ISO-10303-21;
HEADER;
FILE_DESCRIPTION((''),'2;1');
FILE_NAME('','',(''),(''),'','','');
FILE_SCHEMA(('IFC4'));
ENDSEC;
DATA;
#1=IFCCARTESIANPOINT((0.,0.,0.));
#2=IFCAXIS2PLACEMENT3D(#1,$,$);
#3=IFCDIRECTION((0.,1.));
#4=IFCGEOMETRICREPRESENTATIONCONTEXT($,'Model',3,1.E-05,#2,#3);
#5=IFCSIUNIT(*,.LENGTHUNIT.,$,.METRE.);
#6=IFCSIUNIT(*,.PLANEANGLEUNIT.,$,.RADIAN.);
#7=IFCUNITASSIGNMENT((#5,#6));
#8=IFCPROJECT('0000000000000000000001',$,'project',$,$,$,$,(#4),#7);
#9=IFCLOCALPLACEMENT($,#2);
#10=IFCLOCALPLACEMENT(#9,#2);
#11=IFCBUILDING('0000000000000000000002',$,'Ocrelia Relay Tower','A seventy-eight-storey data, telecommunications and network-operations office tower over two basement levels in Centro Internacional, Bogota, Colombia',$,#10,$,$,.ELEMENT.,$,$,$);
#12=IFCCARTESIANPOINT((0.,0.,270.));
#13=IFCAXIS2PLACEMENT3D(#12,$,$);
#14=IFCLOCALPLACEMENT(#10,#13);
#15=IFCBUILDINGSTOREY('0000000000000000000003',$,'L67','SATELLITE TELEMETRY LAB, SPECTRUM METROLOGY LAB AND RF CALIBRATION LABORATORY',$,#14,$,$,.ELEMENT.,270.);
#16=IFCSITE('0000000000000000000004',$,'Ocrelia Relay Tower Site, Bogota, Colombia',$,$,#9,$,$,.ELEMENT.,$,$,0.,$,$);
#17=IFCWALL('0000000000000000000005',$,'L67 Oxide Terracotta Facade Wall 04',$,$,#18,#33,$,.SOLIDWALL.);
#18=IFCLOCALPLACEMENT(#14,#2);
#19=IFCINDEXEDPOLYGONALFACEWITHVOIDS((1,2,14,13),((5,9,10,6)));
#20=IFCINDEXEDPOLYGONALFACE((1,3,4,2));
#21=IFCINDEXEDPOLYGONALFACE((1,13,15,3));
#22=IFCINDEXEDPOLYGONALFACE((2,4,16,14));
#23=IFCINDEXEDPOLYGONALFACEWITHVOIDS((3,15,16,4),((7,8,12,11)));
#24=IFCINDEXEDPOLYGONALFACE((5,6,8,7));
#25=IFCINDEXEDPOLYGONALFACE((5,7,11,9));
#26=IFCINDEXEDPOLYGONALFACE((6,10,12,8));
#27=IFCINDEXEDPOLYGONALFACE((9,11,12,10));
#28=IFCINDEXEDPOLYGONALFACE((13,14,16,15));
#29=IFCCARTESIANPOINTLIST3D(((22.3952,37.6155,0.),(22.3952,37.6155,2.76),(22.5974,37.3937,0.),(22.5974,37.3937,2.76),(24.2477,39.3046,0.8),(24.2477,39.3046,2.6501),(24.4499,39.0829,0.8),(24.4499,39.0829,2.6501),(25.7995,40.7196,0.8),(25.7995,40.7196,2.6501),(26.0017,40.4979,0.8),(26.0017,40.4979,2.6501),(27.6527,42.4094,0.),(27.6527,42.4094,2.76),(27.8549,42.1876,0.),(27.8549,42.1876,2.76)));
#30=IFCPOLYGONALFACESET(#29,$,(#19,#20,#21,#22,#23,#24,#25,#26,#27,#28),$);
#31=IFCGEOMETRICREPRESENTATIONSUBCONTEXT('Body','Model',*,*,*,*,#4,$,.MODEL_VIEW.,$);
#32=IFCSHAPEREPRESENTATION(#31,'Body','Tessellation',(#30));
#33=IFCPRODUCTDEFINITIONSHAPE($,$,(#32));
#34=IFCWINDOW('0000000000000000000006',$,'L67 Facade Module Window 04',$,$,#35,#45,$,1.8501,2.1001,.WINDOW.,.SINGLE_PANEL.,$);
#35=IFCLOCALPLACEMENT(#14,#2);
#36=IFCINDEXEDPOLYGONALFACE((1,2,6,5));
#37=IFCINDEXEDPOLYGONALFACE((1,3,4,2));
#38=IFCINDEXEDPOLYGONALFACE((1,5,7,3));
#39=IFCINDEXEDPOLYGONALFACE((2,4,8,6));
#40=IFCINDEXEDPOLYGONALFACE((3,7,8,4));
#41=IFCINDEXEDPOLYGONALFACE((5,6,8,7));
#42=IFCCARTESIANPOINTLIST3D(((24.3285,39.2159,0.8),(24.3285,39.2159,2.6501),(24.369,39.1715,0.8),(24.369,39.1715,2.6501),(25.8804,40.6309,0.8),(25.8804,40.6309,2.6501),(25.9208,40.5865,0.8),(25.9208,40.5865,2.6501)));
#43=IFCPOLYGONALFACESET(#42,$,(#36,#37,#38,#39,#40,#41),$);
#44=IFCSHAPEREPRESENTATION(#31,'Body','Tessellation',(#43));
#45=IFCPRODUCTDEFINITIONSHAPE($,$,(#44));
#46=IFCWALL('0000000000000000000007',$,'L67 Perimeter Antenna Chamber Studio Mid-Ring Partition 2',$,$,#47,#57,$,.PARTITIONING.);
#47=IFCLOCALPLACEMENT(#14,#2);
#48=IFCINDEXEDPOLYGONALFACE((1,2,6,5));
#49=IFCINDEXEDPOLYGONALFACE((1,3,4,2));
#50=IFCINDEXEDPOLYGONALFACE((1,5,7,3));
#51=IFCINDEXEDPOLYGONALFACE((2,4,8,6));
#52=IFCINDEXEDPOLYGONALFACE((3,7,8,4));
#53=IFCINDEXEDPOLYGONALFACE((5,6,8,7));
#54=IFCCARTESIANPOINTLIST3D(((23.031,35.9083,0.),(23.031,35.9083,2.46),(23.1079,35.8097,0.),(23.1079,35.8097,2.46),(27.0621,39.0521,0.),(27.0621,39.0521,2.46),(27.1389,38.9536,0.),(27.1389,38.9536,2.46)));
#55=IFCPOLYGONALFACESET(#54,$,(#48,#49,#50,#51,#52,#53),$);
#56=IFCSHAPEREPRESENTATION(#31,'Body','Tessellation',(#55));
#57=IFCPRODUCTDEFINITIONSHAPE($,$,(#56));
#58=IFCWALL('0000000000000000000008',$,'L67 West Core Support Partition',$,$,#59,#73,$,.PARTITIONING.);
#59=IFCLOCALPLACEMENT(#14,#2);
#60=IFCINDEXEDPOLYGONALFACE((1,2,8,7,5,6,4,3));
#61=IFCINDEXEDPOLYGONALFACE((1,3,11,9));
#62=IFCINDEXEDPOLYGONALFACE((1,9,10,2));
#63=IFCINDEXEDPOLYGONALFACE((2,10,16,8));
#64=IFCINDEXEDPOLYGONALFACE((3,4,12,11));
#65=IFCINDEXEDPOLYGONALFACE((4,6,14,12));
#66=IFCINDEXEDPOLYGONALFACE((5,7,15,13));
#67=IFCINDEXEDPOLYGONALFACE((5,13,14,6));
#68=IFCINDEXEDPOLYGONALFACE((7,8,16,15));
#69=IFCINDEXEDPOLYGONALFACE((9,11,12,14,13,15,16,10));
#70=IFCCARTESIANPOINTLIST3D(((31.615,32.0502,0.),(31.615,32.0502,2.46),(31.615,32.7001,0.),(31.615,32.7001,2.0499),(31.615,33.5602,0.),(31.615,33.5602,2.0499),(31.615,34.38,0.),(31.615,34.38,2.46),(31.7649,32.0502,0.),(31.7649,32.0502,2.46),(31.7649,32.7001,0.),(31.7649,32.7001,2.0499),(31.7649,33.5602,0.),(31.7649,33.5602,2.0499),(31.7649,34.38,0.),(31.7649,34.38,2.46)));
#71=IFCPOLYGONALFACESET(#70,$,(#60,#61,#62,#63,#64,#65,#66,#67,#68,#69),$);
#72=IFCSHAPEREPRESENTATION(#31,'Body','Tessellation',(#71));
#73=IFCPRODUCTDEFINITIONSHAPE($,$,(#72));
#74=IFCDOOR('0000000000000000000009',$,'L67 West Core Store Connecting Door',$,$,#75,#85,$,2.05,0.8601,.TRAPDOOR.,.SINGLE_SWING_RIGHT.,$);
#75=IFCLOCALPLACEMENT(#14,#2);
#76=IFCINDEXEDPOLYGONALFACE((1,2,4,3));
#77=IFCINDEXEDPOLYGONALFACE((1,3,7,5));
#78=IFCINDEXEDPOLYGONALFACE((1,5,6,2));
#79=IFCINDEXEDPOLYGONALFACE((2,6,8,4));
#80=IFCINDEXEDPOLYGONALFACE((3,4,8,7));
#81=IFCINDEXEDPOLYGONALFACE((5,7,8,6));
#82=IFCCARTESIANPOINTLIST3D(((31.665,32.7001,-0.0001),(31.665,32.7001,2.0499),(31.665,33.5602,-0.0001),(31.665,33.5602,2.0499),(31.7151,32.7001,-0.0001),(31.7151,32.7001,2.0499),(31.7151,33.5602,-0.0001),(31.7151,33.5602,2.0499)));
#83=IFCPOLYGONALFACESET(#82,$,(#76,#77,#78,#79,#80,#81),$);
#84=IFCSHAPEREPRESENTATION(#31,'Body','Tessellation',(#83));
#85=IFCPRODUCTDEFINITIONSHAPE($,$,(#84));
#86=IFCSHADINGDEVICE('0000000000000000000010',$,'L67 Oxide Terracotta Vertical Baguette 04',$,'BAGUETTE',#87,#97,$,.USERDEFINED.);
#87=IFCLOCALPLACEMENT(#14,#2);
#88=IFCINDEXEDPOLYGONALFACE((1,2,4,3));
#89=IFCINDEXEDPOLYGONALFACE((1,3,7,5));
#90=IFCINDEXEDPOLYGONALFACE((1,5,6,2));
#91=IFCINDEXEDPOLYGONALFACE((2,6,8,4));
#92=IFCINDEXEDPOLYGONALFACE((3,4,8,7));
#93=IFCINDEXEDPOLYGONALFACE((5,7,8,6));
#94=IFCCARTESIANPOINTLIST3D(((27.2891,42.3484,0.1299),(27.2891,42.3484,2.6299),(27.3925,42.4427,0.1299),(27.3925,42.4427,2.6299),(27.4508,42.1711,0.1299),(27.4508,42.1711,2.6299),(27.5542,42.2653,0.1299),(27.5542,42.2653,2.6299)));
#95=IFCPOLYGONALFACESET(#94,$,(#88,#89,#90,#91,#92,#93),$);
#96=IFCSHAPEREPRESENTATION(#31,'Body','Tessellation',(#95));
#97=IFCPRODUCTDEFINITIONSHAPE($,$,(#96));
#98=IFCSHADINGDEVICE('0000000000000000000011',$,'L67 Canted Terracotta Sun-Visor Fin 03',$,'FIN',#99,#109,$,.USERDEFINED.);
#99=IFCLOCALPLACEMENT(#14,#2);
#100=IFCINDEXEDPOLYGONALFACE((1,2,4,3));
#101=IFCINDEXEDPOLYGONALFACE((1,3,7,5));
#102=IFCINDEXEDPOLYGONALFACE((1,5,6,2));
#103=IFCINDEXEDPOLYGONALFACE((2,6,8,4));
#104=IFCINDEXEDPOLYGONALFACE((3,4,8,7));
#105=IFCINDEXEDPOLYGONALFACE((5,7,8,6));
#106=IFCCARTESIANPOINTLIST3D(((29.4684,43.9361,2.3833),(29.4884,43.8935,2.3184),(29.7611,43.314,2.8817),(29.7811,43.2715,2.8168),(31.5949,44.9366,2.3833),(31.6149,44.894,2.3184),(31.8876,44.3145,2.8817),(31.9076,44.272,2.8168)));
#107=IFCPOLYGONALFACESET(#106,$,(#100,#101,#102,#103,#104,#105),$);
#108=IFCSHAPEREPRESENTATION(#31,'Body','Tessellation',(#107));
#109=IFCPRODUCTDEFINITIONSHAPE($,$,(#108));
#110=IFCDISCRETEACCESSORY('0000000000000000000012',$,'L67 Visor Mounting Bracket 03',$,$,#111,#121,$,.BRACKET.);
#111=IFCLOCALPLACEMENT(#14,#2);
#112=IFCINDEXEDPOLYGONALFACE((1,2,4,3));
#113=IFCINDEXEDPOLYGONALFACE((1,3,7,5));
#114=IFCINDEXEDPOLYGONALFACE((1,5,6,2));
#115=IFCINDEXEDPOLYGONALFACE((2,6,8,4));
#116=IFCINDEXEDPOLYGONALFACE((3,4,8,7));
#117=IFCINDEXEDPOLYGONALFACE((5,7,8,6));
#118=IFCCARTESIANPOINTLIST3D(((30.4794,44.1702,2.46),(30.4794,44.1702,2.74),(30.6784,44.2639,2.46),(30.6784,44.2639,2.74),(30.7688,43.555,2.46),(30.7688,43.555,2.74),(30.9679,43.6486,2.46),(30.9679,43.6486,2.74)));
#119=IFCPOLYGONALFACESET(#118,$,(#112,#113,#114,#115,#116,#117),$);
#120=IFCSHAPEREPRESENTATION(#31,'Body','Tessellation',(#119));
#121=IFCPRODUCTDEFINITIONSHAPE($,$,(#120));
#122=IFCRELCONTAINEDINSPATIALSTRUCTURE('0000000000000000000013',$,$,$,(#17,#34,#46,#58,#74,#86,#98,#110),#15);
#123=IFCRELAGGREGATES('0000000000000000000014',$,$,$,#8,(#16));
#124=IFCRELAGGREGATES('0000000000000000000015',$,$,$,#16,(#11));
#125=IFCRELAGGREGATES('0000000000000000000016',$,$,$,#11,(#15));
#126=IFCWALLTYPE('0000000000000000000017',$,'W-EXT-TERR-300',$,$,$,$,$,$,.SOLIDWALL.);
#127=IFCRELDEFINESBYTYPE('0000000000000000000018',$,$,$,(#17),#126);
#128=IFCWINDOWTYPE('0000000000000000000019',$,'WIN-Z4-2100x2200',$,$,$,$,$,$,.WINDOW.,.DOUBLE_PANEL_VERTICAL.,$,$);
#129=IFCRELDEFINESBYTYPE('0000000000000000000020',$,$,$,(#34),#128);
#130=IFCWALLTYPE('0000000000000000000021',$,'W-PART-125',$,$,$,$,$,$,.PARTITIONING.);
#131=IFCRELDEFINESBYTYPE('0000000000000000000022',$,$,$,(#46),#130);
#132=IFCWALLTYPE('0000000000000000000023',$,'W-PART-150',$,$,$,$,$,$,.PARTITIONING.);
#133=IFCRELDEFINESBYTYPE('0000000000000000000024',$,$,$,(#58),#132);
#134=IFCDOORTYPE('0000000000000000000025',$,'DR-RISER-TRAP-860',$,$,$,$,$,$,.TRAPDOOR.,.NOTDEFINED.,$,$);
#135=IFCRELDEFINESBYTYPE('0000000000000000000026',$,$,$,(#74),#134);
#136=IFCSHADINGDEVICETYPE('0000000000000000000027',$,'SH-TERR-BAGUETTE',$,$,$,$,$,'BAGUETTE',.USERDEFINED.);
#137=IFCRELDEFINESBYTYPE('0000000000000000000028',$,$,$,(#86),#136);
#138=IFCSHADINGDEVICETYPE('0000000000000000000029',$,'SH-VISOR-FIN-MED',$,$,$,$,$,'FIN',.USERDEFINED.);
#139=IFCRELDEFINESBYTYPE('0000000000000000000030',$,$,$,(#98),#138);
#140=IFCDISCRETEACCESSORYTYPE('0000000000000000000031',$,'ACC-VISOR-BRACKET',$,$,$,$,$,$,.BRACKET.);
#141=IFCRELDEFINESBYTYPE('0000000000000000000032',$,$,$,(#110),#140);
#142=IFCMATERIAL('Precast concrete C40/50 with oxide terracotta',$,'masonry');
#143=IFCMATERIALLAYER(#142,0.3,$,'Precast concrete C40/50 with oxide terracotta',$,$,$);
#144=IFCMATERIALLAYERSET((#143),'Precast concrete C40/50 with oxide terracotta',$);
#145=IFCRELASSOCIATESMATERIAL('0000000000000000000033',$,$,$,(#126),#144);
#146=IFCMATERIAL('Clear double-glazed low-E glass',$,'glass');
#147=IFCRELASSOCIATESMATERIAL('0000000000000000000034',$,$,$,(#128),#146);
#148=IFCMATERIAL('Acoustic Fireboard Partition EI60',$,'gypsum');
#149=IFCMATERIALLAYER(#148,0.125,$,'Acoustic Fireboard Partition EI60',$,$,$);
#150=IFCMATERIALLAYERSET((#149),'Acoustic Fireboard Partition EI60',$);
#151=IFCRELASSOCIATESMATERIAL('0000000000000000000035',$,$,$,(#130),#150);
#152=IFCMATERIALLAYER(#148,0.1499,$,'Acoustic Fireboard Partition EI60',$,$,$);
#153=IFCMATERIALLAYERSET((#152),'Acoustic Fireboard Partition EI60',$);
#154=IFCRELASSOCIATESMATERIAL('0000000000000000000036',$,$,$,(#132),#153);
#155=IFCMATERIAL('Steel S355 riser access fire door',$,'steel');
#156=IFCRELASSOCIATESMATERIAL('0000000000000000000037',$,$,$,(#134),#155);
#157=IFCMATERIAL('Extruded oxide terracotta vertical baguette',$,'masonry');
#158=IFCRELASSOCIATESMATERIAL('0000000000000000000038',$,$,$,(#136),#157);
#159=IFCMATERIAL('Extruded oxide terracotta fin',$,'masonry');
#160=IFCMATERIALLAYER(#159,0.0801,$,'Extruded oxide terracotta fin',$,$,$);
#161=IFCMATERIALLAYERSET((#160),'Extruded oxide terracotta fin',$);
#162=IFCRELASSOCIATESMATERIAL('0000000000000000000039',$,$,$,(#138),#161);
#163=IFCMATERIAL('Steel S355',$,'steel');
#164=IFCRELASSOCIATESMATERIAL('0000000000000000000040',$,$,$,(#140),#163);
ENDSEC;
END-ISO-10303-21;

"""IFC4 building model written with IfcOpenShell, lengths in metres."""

from ifc_helpers import new_model, si_unit, direction, frame, frame_2d, origin, origin_2d, place, context, subcontext, project, spatial, rectangle, extrude, material, layer, layer_set, type_object, element, fill, save


model = new_model("IFC4")

# Units and contexts
model_context = context("Model", 3, precision=1e-05, world=origin(), true_north=direction((0.0, 1.0)))
body_context = subcontext(model_context, "Body", "Model", "MODEL_VIEW")
ifc_project = project(units=[si_unit("LENGTHUNIT", "METRE"), si_unit("PLANEANGLEUNIT", "RADIAN")], contexts=[model_context])

# Site, building, storey
site_placement = place(None, origin())
site = spatial("IfcSite", under=ifc_project, at=site_placement, Name="Ocrelia Relay Tower Site, Bogota, Colombia", CompositionType="ELEMENT", RefElevation=0.0)
building_placement = place(site_placement, origin())
building = spatial("IfcBuilding", under=site, at=building_placement, Name="Ocrelia Relay Tower", Description="A seventy-eight-storey data, telecommunications and network-operations office tower over two basement levels in Centro Internacional, Bogota, Colombia", CompositionType="ELEMENT")
storey_placement = place(building_placement, frame((0.0, 0.0, 270.0)))
storey = spatial("IfcBuildingStorey", under=building, at=storey_placement, Name="L67", Description="SATELLITE TELEMETRY LAB, SPECTRUM METROLOGY LAB AND RF CALIBRATION LABORATORY", CompositionType="ELEMENT", Elevation=270.0)

# Shared definitions
ifc_material_1 = material(Name="Steel S355", Category="steel")

# Wall, opening, window
ifc_material_2 = material(Name="Precast concrete C40/50 with oxide terracotta", Category="masonry")
ifc_layer_1 = layer(ifc_material_2, 0.3, Name="Precast concrete C40/50 with oxide terracotta")
ifc_layer_set_1 = layer_set([ifc_layer_1], Name="Precast concrete C40/50 with oxide terracotta")
wall_type_1 = type_object("IfcWallType", Name="W-EXT-TERR-300", PredefinedType="SOLIDWALL", material=ifc_layer_set_1)
wall_1_placement = place(storey_placement, frame((27.7539, 42.2986, 0.0), z_axis=(0.0, 0.0, 1.0), x_axis=(-0.738936, -0.673775, 0.0)))
wall_1 = element("IfcWall", 1, at=wall_1_placement, inside=storey, type_object=wall_type_1, Name="L67 Oxide Terracotta Facade Wall 04", PredefinedType="SOLIDWALL", context=body_context, shape_type="SweptSolid", body=[
    extrude(rectangle(XDim=7.115, YDim=0.3, at=frame_2d((3.5576, 0.0))), origin(), (0.0, 0.0, 1.0), 2.76),
])
opening_1_placement = place(wall_1_placement, frame((2.5081, 0.0, 0.8)))
opening_1 = element("IfcOpeningElement", 2, at=opening_1_placement, cuts=wall_1, PredefinedType="OPENING", context=body_context, shape_type="SweptSolid", body=[
    extrude(rectangle(XDim=2.1001, YDim=1.8501, at=frame_2d((1.05, 0.925))), frame((0.0, 0.1602, 0.0), z_axis=(0.0, -1.0, 0.0), x_axis=(1.0, 0.0, 0.0)), (0.0, 0.0, 1.0), 0.3201),
])
ifc_material_3 = material(Name="Clear double-glazed low-E glass", Category="glass")
window_type = type_object("IfcWindowType", Name="WIN-Z4-2100x2200", PartitioningType="DOUBLE_PANEL_VERTICAL", PredefinedType="WINDOW", material=ifc_material_3)
window_placement = place(opening_1_placement, origin())
window = element("IfcWindow", 3, at=window_placement, inside=storey, type_object=window_type, Name="L67 Facade Module Window 04", OverallHeight=1.8501, OverallWidth=2.1001, PartitioningType="SINGLE_PANEL", PredefinedType="WINDOW", context=body_context, shape_type="SweptSolid", body=[
    extrude(rectangle(XDim=2.1001, YDim=1.8501, at=frame_2d((1.05, 0.925))), frame((0.0, 0.03, 0.0), z_axis=(0.0, -1.0, 0.0), x_axis=(1.0, 0.0, 0.0)), (0.0, 0.0, 1.0), 0.0601),
])
fill(opening_1, window)

# Wall
ifc_material_4 = material(Name="Acoustic Fireboard Partition EI60", Category="gypsum")
ifc_layer_2 = layer(ifc_material_4, 0.125, Name="Acoustic Fireboard Partition EI60")
ifc_layer_set_2 = layer_set([ifc_layer_2], Name="Acoustic Fireboard Partition EI60")
wall_type_2 = type_object("IfcWallType", Name="W-PART-125", PredefinedType="PARTITIONING", material=ifc_layer_set_2)
wall_2_placement = place(storey_placement, frame((27.1006, 39.0029, 0.0), z_axis=(0.0, 0.0, 1.0), x_axis=(-0.788539, -0.614985, 0.0)))
element("IfcWall", 4, at=wall_2_placement, inside=storey, type_object=wall_type_2, Name="L67 Perimeter Antenna Chamber Studio Mid-Ring Partition 2", PredefinedType="PARTITIONING", context=body_context, shape_type="SweptSolid", body=[
    extrude(rectangle(XDim=5.1121, YDim=0.125, at=frame_2d((2.5562, 0.0))), origin(), (0.0, 0.0, 1.0), 2.46),
])

# Wall, opening, door
ifc_layer_3 = layer(ifc_material_4, 0.1499, Name="Acoustic Fireboard Partition EI60")
ifc_layer_set_3 = layer_set([ifc_layer_3], Name="Acoustic Fireboard Partition EI60")
wall_type_3 = type_object("IfcWallType", Name="W-PART-150", PredefinedType="PARTITIONING", material=ifc_layer_set_3)
wall_3_placement = place(storey_placement, frame((31.6899, 32.05, 0.0), z_axis=(0.0, 0.0, 1.0), x_axis=(0.0, 1.0, 0.0)))
wall_3 = element("IfcWall", 5, at=wall_3_placement, inside=storey, type_object=wall_type_3, Name="L67 West Core Support Partition", PredefinedType="PARTITIONING", context=body_context, shape_type="SweptSolid", body=[
    extrude(rectangle(XDim=2.3298, YDim=0.1499, at=frame_2d((1.165, 0.0))), origin(), (0.0, 0.0, 1.0), 2.46),
])
opening_2_placement = place(wall_3_placement, frame((0.6499, 0.0, 0.0)))
opening_2 = element("IfcOpeningElement", 6, at=opening_2_placement, cuts=wall_3, PredefinedType="OPENING", context=body_context, shape_type="SweptSolid", body=[
    extrude(rectangle(XDim=0.8601, YDim=2.05, at=frame_2d((0.4302, 1.0249))), frame((0.0, 0.085, 0.0), z_axis=(0.0, -1.0, 0.0), x_axis=(1.0, 0.0, 0.0)), (0.0, 0.0, 1.0), 0.1699),
])
ifc_material_5 = material(Name="Steel S355 riser access fire door", Category="steel")
door_type_1 = type_object("IfcDoorType", Name="DR-RISER-TRAP-860", OperationType="NOTDEFINED", PredefinedType="TRAPDOOR", material=ifc_material_5)
door_1_placement = place(opening_2_placement, origin())
door_1 = element("IfcDoor", 7, at=door_1_placement, inside=storey, type_object=door_type_1, Name="L67 West Core Store Connecting Door", OperationType="SINGLE_SWING_RIGHT", OverallHeight=2.05, OverallWidth=0.8601, PredefinedType="TRAPDOOR", context=body_context, shape_type="SweptSolid", body=[
    extrude(rectangle(XDim=0.8601, YDim=2.05, at=frame_2d((0.4302, 1.0249))), frame((0.0, 0.0249, 0.0), z_axis=(0.0, -1.0, 0.0), x_axis=(1.0, 0.0, 0.0)), (0.0, 0.0, 1.0), 0.05),
])
fill(opening_2, door_1)

# Shading devices
ifc_material_6 = material(Name="Extruded oxide terracotta vertical baguette", Category="masonry")
shading_device_type_1 = type_object("IfcShadingDeviceType", Name="SH-TERR-BAGUETTE", ElementType="BAGUETTE", PredefinedType="USERDEFINED", material=ifc_material_6)
shading_device_1_placement = place(storey_placement, frame((27.4216, 42.3069, 0.1299), z_axis=(0.0, 0.0, 1.0), x_axis=(-0.738941, -0.67377, 0.0)))
element("IfcShadingDevice", 8, at=shading_device_1_placement, inside=storey, type_object=shading_device_type_1, Name="L67 Oxide Terracotta Vertical Baguette 04", ObjectType="BAGUETTE", PredefinedType="USERDEFINED", context=body_context, shape_type="SweptSolid", body=[
    extrude(rectangle(XDim=0.1399, YDim=0.24, at=origin_2d()), origin(), (0.0, 0.0, 1.0), 2.5),
])
ifc_material_7 = material(Name="Extruded oxide terracotta fin", Category="masonry")
ifc_layer_4 = layer(ifc_material_7, 0.0801, Name="Extruded oxide terracotta fin")
ifc_layer_set_4 = layer_set([ifc_layer_4], Name="Extruded oxide terracotta fin")
shading_device_type_2 = type_object("IfcShadingDeviceType", Name="SH-VISOR-FIN-MED", ElementType="FIN", PredefinedType="USERDEFINED", material=ifc_layer_set_4)
shading_device_2_placement = place(storey_placement, frame((30.698, 44.0828, 2.5676), z_axis=(-0.249876, 0.531091, 0.809632), x_axis=(-0.904851, -0.425729, 0.0)))
element("IfcShadingDevice", 9, at=shading_device_2_placement, inside=storey, type_object=shading_device_type_2, Name="L67 Canted Terracotta Sun-Visor Fin 03", ObjectType="FIN", PredefinedType="USERDEFINED", context=body_context, shape_type="SweptSolid", body=[
    extrude(rectangle(XDim=2.3501, YDim=0.8491, at=origin_2d()), origin(), (0.0, 0.0, 1.0), 0.0801),
])

# Discrete accessory
discrete_accessory_type = type_object("IfcDiscreteAccessoryType", Name="ACC-VISOR-BRACKET", PredefinedType="BRACKET", material=ifc_material_1)
discrete_accessory_placement = place(storey_placement, frame((30.7236, 43.9094, 2.46), z_axis=(0.0, 0.0, 1.0), x_axis=(-0.904851, -0.425729, 0.0)))
element("IfcDiscreteAccessory", 10, at=discrete_accessory_placement, inside=storey, type_object=discrete_accessory_type, Name="L67 Visor Mounting Bracket 03", PredefinedType="BRACKET", context=body_context, shape_type="SweptSolid", body=[
    extrude(rectangle(XDim=0.22, YDim=0.6799, at=origin_2d()), origin(), (0.0, 0.0, 1.0), 0.28),
])

save(model, "model.ifc")
